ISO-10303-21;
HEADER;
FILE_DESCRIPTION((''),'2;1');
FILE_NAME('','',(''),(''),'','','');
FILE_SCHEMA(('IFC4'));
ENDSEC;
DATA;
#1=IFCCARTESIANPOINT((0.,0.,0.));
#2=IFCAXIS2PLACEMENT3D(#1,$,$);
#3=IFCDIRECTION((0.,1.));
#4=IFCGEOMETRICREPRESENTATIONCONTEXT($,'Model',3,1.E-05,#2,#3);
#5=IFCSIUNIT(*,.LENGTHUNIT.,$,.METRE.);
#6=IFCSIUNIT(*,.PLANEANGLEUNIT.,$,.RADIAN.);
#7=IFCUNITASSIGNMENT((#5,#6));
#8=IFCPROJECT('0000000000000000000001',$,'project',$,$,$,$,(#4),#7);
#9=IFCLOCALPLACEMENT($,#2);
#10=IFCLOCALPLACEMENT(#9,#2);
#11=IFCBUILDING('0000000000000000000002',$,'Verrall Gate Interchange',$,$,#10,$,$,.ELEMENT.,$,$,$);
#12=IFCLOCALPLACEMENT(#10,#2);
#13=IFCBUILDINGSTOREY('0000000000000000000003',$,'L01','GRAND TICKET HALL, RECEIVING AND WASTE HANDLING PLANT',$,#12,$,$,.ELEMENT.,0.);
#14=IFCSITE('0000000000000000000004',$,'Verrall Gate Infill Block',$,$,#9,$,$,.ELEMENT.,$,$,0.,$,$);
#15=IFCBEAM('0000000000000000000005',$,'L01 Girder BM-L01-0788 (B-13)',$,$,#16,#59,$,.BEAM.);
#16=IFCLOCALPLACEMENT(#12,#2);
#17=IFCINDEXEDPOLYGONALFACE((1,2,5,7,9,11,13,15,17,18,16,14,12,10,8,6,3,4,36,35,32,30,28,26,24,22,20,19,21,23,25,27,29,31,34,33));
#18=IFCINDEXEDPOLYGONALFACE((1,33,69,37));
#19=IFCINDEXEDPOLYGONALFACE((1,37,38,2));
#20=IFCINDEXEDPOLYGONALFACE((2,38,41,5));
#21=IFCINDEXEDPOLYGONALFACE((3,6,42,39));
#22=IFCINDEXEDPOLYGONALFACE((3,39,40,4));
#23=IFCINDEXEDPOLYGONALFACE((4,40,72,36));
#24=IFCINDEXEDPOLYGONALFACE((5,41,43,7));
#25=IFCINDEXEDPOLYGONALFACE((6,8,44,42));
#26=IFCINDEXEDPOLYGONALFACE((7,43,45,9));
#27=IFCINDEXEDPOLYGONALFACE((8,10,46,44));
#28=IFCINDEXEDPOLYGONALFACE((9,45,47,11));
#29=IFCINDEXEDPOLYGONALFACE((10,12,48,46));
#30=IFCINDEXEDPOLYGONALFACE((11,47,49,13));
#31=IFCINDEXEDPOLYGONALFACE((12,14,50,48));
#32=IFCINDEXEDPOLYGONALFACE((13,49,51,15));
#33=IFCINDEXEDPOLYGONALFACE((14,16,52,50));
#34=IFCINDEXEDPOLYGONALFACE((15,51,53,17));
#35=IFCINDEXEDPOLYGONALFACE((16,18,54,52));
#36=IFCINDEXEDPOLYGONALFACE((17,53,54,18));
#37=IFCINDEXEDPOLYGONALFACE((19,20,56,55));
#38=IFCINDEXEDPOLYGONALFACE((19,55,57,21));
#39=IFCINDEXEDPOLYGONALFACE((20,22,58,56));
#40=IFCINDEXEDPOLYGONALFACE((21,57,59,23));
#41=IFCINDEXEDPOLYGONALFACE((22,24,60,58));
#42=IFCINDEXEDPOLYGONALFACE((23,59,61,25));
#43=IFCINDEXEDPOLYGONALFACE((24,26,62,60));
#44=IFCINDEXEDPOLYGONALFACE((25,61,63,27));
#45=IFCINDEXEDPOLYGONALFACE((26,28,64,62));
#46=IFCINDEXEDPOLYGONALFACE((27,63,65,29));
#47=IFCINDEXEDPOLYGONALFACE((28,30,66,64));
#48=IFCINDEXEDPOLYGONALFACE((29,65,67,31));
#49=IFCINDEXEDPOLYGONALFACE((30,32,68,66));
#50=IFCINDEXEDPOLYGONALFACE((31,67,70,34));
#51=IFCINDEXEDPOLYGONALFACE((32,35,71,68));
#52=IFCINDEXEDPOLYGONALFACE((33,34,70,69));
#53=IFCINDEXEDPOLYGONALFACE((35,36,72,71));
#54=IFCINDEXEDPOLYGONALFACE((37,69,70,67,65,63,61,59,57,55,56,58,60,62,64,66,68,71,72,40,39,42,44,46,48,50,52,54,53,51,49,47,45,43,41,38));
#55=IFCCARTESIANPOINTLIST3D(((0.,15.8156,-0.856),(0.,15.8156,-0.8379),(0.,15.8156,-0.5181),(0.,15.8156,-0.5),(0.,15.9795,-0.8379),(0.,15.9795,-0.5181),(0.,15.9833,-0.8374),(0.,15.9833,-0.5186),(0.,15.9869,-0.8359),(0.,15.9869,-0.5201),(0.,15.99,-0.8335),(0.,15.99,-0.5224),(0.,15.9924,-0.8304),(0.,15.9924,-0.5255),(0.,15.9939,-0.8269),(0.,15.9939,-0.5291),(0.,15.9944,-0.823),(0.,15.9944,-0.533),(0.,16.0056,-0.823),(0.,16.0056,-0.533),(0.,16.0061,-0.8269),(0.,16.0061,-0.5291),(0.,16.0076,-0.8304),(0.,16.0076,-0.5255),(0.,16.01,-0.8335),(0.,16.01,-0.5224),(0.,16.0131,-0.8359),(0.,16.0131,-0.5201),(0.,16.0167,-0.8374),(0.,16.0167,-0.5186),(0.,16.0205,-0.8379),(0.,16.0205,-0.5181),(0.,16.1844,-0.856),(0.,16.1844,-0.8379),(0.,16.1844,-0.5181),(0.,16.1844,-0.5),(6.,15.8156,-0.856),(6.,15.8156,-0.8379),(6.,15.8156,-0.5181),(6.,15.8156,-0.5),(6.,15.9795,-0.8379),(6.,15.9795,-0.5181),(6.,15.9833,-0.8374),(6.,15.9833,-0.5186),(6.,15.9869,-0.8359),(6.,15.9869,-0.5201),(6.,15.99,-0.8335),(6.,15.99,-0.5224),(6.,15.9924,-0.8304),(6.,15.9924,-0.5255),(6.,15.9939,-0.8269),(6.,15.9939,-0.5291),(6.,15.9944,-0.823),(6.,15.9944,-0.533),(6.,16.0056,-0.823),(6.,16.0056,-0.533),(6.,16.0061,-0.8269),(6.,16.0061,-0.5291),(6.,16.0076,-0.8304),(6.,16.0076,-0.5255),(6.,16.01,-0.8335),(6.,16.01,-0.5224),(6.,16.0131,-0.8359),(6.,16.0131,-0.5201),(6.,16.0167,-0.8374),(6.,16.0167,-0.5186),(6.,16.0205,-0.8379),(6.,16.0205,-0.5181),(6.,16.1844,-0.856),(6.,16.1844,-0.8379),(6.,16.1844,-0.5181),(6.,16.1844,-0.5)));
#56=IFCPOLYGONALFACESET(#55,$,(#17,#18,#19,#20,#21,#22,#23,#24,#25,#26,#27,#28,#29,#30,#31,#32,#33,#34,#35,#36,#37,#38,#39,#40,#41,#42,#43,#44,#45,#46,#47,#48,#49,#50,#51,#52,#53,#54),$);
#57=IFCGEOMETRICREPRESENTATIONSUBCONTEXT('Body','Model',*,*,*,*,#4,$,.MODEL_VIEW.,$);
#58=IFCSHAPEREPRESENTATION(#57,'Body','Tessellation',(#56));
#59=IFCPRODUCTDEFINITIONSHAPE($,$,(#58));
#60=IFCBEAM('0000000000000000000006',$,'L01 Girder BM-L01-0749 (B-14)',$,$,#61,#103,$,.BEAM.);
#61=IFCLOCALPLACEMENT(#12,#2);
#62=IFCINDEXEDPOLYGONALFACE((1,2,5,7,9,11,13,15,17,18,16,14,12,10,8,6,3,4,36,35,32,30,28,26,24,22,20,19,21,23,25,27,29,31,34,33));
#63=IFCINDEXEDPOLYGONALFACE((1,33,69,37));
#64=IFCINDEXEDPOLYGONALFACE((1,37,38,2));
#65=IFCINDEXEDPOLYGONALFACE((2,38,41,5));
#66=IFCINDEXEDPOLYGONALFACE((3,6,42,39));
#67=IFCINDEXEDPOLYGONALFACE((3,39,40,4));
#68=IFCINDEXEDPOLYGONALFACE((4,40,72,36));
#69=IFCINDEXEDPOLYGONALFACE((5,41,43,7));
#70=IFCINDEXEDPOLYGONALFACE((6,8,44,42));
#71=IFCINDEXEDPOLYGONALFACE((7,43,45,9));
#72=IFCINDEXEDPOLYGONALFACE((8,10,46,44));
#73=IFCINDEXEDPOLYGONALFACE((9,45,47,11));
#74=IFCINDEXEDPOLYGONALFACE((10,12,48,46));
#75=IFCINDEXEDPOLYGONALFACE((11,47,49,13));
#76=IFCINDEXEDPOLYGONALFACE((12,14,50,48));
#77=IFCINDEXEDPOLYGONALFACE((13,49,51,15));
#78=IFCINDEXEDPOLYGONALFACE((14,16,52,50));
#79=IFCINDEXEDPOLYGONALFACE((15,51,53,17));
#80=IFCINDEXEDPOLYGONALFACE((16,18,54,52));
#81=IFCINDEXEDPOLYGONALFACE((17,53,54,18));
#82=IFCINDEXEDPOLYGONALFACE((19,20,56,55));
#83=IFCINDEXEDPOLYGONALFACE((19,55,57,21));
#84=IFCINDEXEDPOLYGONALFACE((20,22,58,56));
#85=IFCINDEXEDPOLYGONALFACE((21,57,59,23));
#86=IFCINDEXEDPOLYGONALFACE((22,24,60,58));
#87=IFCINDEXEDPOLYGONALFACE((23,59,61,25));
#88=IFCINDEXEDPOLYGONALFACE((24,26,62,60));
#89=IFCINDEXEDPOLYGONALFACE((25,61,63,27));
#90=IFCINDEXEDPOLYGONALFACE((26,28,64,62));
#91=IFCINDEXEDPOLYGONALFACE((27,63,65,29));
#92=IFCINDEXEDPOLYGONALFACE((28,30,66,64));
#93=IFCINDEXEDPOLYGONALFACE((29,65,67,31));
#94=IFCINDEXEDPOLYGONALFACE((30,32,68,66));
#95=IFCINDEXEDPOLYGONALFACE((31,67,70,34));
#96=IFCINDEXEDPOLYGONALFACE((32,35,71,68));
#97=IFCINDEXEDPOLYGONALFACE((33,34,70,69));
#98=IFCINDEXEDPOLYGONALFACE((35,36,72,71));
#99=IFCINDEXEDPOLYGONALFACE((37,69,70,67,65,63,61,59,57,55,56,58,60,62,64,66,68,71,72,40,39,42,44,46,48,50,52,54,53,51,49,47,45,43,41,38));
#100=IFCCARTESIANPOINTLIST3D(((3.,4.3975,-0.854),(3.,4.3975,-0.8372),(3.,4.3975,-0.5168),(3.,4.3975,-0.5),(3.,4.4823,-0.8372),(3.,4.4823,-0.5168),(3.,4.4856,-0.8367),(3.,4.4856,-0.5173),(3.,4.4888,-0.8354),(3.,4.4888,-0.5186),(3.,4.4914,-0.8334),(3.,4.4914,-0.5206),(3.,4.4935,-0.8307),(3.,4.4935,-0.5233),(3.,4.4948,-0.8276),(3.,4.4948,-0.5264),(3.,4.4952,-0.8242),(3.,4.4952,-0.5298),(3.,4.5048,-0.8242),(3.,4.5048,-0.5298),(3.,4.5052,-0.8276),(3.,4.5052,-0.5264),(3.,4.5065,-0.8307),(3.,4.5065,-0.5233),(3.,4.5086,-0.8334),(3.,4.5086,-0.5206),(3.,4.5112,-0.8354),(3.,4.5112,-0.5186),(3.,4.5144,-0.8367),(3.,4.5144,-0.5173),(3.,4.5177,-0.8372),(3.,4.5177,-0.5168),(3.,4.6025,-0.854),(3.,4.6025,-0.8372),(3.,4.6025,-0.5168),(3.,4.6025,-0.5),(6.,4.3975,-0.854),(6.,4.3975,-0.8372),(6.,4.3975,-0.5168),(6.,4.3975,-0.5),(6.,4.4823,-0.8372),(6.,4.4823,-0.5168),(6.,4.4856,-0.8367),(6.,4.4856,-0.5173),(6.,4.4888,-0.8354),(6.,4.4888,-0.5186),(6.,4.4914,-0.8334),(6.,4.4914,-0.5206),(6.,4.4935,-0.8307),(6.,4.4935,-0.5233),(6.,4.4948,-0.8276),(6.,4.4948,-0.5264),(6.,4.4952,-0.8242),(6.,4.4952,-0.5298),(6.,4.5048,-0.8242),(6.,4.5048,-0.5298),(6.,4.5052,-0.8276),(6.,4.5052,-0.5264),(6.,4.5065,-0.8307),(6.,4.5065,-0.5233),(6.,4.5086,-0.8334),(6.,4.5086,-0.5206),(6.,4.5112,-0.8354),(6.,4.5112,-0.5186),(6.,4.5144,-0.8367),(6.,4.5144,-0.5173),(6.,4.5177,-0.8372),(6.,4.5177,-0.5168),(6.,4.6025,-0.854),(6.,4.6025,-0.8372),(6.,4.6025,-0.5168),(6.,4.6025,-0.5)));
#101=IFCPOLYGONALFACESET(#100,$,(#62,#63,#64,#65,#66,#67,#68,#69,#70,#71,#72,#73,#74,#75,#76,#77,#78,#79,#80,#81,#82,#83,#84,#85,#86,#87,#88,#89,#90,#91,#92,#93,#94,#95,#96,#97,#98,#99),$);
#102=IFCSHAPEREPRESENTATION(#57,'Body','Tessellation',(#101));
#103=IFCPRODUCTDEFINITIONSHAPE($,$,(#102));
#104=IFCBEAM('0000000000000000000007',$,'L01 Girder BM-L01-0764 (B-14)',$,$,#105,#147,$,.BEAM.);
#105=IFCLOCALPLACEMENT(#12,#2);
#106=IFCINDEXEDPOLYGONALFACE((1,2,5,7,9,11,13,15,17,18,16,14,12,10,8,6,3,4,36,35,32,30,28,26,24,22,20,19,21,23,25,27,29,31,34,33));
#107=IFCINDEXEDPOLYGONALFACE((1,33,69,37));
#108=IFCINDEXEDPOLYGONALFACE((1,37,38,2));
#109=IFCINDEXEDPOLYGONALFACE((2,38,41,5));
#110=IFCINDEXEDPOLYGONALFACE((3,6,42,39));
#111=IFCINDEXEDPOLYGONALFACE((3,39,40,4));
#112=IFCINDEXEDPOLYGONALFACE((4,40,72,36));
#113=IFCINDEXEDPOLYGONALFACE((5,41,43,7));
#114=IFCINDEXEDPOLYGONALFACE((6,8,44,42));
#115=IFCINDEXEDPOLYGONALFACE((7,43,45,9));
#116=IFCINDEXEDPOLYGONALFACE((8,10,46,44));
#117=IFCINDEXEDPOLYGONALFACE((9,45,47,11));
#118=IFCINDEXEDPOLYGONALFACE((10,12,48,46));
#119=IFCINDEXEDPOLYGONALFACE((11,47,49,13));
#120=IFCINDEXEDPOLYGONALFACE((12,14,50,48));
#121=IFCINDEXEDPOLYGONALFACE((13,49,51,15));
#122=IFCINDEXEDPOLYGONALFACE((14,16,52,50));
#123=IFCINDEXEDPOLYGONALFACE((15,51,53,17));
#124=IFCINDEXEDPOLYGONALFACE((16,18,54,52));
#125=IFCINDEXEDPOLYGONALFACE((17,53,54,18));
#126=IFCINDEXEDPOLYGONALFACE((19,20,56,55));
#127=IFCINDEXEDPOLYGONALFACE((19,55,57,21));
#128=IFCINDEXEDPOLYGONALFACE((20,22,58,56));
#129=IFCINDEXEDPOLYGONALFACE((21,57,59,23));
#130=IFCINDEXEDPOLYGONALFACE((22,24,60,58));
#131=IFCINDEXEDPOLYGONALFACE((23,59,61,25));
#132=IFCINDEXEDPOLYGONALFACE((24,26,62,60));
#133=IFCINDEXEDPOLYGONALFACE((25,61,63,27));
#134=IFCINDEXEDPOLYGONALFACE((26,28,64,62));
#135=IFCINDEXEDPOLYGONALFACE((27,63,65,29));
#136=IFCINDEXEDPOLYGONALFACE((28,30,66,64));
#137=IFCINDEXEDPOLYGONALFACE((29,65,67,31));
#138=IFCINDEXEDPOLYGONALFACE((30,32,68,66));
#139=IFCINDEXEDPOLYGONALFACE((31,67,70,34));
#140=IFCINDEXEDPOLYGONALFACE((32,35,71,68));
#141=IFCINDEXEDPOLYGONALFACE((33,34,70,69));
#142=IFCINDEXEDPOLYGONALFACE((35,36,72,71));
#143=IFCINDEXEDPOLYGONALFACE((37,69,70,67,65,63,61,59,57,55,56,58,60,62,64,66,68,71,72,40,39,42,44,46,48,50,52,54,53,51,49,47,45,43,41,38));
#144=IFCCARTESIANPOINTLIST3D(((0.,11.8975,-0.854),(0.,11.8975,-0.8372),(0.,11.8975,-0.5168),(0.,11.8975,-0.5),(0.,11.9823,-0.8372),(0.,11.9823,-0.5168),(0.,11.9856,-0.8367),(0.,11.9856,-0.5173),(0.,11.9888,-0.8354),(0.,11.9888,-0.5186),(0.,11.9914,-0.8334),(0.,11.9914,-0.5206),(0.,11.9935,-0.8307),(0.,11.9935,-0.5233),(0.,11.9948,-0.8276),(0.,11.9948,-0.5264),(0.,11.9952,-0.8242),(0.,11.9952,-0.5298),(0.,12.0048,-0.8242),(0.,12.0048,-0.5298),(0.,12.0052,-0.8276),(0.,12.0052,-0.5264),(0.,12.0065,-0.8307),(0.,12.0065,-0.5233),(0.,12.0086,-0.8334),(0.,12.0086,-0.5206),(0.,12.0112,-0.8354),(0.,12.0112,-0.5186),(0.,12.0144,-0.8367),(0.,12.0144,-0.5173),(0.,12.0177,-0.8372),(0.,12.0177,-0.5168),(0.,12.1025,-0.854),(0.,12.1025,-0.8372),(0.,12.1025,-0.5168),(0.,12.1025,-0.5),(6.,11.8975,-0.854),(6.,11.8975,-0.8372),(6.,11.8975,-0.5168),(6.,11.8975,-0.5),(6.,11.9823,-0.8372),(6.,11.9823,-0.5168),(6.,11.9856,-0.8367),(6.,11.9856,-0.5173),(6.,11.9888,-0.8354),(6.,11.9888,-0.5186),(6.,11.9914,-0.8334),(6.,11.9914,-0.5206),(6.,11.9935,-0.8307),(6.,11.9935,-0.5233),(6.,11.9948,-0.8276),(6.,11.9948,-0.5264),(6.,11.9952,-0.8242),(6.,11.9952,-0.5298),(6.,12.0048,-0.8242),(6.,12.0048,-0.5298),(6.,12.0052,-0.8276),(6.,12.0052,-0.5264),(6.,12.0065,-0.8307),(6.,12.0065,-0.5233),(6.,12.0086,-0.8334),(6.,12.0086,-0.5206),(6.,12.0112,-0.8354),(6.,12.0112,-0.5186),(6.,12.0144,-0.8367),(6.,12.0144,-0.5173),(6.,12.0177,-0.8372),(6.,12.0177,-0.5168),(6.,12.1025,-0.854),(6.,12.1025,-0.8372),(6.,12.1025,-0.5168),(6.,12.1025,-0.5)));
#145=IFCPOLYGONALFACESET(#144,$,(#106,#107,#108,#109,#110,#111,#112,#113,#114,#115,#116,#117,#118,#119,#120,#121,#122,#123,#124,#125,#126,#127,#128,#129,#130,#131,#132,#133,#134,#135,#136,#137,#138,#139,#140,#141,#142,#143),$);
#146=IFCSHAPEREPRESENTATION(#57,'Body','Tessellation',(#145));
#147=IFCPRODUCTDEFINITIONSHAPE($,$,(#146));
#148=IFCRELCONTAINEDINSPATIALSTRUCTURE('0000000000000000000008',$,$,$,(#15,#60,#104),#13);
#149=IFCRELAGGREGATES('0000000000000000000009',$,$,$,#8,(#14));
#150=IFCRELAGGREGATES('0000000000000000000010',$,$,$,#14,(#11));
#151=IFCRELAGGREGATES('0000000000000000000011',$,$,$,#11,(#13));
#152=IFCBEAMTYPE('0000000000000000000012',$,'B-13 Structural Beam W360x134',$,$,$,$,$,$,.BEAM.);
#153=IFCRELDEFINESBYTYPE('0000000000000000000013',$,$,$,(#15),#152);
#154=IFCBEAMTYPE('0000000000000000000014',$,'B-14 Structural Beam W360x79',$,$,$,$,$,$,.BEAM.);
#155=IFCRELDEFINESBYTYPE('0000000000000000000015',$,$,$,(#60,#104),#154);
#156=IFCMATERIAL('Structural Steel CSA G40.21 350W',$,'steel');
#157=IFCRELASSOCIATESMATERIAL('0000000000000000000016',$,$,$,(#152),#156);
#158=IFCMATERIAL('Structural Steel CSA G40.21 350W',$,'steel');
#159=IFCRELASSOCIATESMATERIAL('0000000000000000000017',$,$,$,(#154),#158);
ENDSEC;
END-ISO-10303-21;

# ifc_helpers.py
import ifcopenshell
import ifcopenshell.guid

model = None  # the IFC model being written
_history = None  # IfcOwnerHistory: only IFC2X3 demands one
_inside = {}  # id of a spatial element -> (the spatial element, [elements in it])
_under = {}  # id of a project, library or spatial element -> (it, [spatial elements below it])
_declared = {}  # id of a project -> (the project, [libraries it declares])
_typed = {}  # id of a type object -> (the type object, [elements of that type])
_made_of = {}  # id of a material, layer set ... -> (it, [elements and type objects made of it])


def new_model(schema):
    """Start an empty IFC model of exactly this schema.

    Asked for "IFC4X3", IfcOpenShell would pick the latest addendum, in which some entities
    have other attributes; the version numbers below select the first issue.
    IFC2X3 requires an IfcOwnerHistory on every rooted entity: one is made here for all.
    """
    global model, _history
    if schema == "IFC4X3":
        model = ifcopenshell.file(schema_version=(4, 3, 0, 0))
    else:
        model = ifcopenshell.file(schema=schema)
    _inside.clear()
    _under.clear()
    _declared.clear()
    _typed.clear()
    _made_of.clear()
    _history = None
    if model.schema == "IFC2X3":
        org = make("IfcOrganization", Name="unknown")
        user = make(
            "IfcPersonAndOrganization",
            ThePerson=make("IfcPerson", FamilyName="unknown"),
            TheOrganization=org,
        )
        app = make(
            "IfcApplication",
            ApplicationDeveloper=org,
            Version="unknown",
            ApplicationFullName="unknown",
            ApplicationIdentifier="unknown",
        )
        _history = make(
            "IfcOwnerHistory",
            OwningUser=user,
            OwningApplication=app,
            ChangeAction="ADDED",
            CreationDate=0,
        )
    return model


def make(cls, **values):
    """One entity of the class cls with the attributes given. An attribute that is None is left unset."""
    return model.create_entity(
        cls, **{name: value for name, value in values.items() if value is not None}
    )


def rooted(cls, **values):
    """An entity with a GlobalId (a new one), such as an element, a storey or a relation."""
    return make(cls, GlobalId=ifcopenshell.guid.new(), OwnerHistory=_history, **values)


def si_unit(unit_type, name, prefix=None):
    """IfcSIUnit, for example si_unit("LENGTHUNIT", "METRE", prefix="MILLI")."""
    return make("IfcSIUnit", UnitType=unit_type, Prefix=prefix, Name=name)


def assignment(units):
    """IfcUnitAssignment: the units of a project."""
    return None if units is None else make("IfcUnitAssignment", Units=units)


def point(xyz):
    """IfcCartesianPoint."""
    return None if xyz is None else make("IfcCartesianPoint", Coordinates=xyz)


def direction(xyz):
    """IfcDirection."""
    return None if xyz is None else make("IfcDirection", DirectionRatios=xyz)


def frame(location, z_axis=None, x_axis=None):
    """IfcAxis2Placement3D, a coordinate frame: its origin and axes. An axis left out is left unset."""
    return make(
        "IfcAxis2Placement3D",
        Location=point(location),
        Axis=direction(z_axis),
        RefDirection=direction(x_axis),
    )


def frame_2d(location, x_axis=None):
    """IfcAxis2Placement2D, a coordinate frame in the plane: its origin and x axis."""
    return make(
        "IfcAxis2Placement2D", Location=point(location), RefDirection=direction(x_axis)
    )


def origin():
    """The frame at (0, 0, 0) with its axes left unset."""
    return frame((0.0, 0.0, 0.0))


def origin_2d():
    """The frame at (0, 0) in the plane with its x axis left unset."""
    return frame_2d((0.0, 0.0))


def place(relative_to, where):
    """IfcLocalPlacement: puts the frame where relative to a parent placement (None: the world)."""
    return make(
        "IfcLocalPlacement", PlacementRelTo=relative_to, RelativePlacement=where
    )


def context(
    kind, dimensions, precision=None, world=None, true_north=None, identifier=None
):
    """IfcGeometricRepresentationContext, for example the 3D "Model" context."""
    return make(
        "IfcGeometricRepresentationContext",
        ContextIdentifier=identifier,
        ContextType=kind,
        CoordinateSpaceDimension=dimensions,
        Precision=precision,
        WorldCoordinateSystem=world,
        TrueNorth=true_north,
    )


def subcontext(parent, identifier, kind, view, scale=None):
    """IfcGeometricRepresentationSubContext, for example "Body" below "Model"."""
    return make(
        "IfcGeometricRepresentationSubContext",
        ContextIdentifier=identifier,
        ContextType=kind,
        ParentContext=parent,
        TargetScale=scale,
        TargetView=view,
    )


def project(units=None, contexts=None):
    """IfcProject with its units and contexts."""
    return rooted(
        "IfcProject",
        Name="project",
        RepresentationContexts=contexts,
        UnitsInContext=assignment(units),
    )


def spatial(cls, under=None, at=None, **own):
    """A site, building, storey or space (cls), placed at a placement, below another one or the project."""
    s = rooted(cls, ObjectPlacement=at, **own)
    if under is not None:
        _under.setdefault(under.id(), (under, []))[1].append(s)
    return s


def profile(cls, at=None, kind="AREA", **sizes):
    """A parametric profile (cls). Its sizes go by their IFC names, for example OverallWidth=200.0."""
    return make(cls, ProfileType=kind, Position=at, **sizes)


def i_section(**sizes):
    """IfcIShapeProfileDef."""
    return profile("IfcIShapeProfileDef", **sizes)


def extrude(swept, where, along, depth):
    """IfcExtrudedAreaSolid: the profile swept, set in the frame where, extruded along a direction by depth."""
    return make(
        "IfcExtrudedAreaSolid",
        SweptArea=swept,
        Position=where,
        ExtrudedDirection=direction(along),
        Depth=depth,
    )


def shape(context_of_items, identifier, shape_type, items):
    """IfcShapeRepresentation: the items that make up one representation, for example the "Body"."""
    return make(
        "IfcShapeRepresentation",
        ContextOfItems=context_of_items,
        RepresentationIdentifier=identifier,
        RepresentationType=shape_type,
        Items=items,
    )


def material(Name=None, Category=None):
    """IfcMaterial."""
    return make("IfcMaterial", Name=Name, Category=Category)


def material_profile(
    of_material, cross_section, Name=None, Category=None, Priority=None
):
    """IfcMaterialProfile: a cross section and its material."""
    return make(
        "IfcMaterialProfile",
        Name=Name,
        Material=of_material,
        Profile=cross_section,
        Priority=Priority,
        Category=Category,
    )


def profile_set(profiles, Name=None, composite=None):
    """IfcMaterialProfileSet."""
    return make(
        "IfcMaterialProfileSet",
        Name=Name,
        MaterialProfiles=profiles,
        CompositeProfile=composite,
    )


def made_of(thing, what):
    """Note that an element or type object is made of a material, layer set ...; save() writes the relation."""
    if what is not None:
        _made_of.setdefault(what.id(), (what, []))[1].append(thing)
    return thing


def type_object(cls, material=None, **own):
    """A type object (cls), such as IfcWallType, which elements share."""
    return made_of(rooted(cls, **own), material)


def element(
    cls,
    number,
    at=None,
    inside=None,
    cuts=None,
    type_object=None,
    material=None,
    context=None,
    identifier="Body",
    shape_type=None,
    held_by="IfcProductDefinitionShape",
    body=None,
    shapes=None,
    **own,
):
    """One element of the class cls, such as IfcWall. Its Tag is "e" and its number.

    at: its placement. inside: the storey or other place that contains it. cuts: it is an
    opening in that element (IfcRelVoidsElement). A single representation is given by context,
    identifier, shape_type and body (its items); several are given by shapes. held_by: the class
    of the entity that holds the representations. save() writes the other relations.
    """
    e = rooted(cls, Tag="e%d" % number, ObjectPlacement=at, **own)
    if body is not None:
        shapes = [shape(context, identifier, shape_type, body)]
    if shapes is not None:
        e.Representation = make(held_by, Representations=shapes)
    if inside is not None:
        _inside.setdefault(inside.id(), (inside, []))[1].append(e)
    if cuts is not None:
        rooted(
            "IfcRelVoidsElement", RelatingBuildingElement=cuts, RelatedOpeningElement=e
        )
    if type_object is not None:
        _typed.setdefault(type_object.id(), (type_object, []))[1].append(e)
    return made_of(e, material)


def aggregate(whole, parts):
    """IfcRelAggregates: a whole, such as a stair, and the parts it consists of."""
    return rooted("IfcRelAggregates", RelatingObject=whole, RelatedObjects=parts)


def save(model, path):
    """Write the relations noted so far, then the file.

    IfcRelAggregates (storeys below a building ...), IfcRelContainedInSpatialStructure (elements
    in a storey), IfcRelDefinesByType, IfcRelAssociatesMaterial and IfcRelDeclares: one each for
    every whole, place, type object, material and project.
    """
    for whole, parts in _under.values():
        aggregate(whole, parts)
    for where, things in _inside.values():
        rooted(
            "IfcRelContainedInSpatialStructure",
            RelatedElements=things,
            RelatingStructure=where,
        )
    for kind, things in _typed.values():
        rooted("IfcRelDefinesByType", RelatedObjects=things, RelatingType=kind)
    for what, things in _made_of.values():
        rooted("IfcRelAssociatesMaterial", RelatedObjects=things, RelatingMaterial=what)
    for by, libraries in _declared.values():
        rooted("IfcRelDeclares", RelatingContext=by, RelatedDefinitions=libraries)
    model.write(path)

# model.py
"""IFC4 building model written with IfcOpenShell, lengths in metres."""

from ifc_helpers import new_model, si_unit, direction, frame, origin, origin_2d, place, context, subcontext, project, spatial, i_section, extrude, material, material_profile, profile_set, type_object, element, save


model = new_model("IFC4")

# Units and contexts
model_context = context("Model", 3, precision=1e-05, world=origin(), true_north=direction((0.0, 1.0)))
body_context = subcontext(model_context, "Body", "Model", "MODEL_VIEW")
ifc_project = project(units=[si_unit("LENGTHUNIT", "METRE"), si_unit("PLANEANGLEUNIT", "RADIAN")], contexts=[model_context])

# Site, building, storey
site_placement = place(None, origin())
site = spatial("IfcSite", under=ifc_project, at=site_placement, Name="Verrall Gate Infill Block", CompositionType="ELEMENT", RefElevation=0.0)
building_placement = place(site_placement, origin())
building = spatial("IfcBuilding", under=site, at=building_placement, Name="Verrall Gate Interchange", CompositionType="ELEMENT")
storey_placement = place(building_placement, origin())
storey = spatial("IfcBuildingStorey", under=building, at=storey_placement, Name="L01", Description="GRAND TICKET HALL, RECEIVING AND WASTE HANDLING PLANT", CompositionType="ELEMENT", Elevation=0.0)

# Beams
ifc_material_1 = material(Name="Structural Steel CSA G40.21 350W", Category="steel")
ifc_material_profile_1 = material_profile(ifc_material_1, i_section(OverallWidth=0.3689, OverallDepth=0.356, WebThickness=0.0112, FlangeThickness=0.0181, FilletRadius=0.0149, at=origin_2d()), Name="W360x134")
ifc_profile_set_1 = profile_set([ifc_material_profile_1], Name="Structural Steel CSA G40.21 350W")
beam_type_1 = type_object("IfcBeamType", Name="B-13 Structural Beam W360x134", PredefinedType="BEAM", material=ifc_profile_set_1)
for number, where, z_axis, x_axis, name in (
    (1, (0.0, 16.0, -0.678), (1.0, 0.0, 0.0), (0.0, 1.0, 0.0), "L01 Girder BM-L01-0788 (B-13)"),
):
    element("IfcBeam", number, at=place(storey_placement, frame(where, z_axis=z_axis, x_axis=x_axis)), inside=storey, type_object=beam_type_1, Name=name, PredefinedType="BEAM", context=body_context, shape_type="SweptSolid", body=[
        extrude(i_section(OverallWidth=0.3689, OverallDepth=0.356, WebThickness=0.0112, FlangeThickness=0.0181, FilletRadius=0.0149, at=origin_2d()), origin(), (0.0, 0.0, 1.0), 6.0),
    ])
ifc_material_2 = material(Name="Structural Steel CSA G40.21 350W", Category="steel")
ifc_material_profile_2 = material_profile(ifc_material_2, i_section(OverallWidth=0.2051, OverallDepth=0.354, WebThickness=0.0095, FlangeThickness=0.0168, FilletRadius=0.0129, at=origin_2d()), Name="W360x79")
ifc_profile_set_2 = profile_set([ifc_material_profile_2], Name="Structural Steel CSA G40.21 350W")
beam_type_2 = type_object("IfcBeamType", Name="B-14 Structural Beam W360x79", PredefinedType="BEAM", material=ifc_profile_set_2)
beam_1_placement = place(storey_placement, frame((3.0, 4.5, -0.677), z_axis=(1.0, 0.0, 0.0), x_axis=(0.0, 1.0, 0.0)))
element("IfcBeam", 2, at=beam_1_placement, inside=storey, type_object=beam_type_2, Name="L01 Girder BM-L01-0749 (B-14)", PredefinedType="BEAM", context=body_context, shape_type="SweptSolid", body=[
    extrude(i_section(OverallWidth=0.2051, OverallDepth=0.354, WebThickness=0.0095, FlangeThickness=0.0168, FilletRadius=0.0129, at=origin_2d()), origin(), (0.0, 0.0, 1.0), 3.0),
])
beam_2_placement = place(storey_placement, frame((0.0, 12.0, -0.677), z_axis=(1.0, 0.0, 0.0), x_axis=(0.0, 1.0, 0.0)))
element("IfcBeam", 3, at=beam_2_placement, inside=storey, type_object=beam_type_2, Name="L01 Girder BM-L01-0764 (B-14)", PredefinedType="BEAM", context=body_context, shape_type="SweptSolid", body=[
    extrude(i_section(OverallWidth=0.2051, OverallDepth=0.354, WebThickness=0.0095, FlangeThickness=0.0168, FilletRadius=0.0129, at=origin_2d()), origin(), (0.0, 0.0, 1.0), 6.0),
])

save(model, "model.ifc")
